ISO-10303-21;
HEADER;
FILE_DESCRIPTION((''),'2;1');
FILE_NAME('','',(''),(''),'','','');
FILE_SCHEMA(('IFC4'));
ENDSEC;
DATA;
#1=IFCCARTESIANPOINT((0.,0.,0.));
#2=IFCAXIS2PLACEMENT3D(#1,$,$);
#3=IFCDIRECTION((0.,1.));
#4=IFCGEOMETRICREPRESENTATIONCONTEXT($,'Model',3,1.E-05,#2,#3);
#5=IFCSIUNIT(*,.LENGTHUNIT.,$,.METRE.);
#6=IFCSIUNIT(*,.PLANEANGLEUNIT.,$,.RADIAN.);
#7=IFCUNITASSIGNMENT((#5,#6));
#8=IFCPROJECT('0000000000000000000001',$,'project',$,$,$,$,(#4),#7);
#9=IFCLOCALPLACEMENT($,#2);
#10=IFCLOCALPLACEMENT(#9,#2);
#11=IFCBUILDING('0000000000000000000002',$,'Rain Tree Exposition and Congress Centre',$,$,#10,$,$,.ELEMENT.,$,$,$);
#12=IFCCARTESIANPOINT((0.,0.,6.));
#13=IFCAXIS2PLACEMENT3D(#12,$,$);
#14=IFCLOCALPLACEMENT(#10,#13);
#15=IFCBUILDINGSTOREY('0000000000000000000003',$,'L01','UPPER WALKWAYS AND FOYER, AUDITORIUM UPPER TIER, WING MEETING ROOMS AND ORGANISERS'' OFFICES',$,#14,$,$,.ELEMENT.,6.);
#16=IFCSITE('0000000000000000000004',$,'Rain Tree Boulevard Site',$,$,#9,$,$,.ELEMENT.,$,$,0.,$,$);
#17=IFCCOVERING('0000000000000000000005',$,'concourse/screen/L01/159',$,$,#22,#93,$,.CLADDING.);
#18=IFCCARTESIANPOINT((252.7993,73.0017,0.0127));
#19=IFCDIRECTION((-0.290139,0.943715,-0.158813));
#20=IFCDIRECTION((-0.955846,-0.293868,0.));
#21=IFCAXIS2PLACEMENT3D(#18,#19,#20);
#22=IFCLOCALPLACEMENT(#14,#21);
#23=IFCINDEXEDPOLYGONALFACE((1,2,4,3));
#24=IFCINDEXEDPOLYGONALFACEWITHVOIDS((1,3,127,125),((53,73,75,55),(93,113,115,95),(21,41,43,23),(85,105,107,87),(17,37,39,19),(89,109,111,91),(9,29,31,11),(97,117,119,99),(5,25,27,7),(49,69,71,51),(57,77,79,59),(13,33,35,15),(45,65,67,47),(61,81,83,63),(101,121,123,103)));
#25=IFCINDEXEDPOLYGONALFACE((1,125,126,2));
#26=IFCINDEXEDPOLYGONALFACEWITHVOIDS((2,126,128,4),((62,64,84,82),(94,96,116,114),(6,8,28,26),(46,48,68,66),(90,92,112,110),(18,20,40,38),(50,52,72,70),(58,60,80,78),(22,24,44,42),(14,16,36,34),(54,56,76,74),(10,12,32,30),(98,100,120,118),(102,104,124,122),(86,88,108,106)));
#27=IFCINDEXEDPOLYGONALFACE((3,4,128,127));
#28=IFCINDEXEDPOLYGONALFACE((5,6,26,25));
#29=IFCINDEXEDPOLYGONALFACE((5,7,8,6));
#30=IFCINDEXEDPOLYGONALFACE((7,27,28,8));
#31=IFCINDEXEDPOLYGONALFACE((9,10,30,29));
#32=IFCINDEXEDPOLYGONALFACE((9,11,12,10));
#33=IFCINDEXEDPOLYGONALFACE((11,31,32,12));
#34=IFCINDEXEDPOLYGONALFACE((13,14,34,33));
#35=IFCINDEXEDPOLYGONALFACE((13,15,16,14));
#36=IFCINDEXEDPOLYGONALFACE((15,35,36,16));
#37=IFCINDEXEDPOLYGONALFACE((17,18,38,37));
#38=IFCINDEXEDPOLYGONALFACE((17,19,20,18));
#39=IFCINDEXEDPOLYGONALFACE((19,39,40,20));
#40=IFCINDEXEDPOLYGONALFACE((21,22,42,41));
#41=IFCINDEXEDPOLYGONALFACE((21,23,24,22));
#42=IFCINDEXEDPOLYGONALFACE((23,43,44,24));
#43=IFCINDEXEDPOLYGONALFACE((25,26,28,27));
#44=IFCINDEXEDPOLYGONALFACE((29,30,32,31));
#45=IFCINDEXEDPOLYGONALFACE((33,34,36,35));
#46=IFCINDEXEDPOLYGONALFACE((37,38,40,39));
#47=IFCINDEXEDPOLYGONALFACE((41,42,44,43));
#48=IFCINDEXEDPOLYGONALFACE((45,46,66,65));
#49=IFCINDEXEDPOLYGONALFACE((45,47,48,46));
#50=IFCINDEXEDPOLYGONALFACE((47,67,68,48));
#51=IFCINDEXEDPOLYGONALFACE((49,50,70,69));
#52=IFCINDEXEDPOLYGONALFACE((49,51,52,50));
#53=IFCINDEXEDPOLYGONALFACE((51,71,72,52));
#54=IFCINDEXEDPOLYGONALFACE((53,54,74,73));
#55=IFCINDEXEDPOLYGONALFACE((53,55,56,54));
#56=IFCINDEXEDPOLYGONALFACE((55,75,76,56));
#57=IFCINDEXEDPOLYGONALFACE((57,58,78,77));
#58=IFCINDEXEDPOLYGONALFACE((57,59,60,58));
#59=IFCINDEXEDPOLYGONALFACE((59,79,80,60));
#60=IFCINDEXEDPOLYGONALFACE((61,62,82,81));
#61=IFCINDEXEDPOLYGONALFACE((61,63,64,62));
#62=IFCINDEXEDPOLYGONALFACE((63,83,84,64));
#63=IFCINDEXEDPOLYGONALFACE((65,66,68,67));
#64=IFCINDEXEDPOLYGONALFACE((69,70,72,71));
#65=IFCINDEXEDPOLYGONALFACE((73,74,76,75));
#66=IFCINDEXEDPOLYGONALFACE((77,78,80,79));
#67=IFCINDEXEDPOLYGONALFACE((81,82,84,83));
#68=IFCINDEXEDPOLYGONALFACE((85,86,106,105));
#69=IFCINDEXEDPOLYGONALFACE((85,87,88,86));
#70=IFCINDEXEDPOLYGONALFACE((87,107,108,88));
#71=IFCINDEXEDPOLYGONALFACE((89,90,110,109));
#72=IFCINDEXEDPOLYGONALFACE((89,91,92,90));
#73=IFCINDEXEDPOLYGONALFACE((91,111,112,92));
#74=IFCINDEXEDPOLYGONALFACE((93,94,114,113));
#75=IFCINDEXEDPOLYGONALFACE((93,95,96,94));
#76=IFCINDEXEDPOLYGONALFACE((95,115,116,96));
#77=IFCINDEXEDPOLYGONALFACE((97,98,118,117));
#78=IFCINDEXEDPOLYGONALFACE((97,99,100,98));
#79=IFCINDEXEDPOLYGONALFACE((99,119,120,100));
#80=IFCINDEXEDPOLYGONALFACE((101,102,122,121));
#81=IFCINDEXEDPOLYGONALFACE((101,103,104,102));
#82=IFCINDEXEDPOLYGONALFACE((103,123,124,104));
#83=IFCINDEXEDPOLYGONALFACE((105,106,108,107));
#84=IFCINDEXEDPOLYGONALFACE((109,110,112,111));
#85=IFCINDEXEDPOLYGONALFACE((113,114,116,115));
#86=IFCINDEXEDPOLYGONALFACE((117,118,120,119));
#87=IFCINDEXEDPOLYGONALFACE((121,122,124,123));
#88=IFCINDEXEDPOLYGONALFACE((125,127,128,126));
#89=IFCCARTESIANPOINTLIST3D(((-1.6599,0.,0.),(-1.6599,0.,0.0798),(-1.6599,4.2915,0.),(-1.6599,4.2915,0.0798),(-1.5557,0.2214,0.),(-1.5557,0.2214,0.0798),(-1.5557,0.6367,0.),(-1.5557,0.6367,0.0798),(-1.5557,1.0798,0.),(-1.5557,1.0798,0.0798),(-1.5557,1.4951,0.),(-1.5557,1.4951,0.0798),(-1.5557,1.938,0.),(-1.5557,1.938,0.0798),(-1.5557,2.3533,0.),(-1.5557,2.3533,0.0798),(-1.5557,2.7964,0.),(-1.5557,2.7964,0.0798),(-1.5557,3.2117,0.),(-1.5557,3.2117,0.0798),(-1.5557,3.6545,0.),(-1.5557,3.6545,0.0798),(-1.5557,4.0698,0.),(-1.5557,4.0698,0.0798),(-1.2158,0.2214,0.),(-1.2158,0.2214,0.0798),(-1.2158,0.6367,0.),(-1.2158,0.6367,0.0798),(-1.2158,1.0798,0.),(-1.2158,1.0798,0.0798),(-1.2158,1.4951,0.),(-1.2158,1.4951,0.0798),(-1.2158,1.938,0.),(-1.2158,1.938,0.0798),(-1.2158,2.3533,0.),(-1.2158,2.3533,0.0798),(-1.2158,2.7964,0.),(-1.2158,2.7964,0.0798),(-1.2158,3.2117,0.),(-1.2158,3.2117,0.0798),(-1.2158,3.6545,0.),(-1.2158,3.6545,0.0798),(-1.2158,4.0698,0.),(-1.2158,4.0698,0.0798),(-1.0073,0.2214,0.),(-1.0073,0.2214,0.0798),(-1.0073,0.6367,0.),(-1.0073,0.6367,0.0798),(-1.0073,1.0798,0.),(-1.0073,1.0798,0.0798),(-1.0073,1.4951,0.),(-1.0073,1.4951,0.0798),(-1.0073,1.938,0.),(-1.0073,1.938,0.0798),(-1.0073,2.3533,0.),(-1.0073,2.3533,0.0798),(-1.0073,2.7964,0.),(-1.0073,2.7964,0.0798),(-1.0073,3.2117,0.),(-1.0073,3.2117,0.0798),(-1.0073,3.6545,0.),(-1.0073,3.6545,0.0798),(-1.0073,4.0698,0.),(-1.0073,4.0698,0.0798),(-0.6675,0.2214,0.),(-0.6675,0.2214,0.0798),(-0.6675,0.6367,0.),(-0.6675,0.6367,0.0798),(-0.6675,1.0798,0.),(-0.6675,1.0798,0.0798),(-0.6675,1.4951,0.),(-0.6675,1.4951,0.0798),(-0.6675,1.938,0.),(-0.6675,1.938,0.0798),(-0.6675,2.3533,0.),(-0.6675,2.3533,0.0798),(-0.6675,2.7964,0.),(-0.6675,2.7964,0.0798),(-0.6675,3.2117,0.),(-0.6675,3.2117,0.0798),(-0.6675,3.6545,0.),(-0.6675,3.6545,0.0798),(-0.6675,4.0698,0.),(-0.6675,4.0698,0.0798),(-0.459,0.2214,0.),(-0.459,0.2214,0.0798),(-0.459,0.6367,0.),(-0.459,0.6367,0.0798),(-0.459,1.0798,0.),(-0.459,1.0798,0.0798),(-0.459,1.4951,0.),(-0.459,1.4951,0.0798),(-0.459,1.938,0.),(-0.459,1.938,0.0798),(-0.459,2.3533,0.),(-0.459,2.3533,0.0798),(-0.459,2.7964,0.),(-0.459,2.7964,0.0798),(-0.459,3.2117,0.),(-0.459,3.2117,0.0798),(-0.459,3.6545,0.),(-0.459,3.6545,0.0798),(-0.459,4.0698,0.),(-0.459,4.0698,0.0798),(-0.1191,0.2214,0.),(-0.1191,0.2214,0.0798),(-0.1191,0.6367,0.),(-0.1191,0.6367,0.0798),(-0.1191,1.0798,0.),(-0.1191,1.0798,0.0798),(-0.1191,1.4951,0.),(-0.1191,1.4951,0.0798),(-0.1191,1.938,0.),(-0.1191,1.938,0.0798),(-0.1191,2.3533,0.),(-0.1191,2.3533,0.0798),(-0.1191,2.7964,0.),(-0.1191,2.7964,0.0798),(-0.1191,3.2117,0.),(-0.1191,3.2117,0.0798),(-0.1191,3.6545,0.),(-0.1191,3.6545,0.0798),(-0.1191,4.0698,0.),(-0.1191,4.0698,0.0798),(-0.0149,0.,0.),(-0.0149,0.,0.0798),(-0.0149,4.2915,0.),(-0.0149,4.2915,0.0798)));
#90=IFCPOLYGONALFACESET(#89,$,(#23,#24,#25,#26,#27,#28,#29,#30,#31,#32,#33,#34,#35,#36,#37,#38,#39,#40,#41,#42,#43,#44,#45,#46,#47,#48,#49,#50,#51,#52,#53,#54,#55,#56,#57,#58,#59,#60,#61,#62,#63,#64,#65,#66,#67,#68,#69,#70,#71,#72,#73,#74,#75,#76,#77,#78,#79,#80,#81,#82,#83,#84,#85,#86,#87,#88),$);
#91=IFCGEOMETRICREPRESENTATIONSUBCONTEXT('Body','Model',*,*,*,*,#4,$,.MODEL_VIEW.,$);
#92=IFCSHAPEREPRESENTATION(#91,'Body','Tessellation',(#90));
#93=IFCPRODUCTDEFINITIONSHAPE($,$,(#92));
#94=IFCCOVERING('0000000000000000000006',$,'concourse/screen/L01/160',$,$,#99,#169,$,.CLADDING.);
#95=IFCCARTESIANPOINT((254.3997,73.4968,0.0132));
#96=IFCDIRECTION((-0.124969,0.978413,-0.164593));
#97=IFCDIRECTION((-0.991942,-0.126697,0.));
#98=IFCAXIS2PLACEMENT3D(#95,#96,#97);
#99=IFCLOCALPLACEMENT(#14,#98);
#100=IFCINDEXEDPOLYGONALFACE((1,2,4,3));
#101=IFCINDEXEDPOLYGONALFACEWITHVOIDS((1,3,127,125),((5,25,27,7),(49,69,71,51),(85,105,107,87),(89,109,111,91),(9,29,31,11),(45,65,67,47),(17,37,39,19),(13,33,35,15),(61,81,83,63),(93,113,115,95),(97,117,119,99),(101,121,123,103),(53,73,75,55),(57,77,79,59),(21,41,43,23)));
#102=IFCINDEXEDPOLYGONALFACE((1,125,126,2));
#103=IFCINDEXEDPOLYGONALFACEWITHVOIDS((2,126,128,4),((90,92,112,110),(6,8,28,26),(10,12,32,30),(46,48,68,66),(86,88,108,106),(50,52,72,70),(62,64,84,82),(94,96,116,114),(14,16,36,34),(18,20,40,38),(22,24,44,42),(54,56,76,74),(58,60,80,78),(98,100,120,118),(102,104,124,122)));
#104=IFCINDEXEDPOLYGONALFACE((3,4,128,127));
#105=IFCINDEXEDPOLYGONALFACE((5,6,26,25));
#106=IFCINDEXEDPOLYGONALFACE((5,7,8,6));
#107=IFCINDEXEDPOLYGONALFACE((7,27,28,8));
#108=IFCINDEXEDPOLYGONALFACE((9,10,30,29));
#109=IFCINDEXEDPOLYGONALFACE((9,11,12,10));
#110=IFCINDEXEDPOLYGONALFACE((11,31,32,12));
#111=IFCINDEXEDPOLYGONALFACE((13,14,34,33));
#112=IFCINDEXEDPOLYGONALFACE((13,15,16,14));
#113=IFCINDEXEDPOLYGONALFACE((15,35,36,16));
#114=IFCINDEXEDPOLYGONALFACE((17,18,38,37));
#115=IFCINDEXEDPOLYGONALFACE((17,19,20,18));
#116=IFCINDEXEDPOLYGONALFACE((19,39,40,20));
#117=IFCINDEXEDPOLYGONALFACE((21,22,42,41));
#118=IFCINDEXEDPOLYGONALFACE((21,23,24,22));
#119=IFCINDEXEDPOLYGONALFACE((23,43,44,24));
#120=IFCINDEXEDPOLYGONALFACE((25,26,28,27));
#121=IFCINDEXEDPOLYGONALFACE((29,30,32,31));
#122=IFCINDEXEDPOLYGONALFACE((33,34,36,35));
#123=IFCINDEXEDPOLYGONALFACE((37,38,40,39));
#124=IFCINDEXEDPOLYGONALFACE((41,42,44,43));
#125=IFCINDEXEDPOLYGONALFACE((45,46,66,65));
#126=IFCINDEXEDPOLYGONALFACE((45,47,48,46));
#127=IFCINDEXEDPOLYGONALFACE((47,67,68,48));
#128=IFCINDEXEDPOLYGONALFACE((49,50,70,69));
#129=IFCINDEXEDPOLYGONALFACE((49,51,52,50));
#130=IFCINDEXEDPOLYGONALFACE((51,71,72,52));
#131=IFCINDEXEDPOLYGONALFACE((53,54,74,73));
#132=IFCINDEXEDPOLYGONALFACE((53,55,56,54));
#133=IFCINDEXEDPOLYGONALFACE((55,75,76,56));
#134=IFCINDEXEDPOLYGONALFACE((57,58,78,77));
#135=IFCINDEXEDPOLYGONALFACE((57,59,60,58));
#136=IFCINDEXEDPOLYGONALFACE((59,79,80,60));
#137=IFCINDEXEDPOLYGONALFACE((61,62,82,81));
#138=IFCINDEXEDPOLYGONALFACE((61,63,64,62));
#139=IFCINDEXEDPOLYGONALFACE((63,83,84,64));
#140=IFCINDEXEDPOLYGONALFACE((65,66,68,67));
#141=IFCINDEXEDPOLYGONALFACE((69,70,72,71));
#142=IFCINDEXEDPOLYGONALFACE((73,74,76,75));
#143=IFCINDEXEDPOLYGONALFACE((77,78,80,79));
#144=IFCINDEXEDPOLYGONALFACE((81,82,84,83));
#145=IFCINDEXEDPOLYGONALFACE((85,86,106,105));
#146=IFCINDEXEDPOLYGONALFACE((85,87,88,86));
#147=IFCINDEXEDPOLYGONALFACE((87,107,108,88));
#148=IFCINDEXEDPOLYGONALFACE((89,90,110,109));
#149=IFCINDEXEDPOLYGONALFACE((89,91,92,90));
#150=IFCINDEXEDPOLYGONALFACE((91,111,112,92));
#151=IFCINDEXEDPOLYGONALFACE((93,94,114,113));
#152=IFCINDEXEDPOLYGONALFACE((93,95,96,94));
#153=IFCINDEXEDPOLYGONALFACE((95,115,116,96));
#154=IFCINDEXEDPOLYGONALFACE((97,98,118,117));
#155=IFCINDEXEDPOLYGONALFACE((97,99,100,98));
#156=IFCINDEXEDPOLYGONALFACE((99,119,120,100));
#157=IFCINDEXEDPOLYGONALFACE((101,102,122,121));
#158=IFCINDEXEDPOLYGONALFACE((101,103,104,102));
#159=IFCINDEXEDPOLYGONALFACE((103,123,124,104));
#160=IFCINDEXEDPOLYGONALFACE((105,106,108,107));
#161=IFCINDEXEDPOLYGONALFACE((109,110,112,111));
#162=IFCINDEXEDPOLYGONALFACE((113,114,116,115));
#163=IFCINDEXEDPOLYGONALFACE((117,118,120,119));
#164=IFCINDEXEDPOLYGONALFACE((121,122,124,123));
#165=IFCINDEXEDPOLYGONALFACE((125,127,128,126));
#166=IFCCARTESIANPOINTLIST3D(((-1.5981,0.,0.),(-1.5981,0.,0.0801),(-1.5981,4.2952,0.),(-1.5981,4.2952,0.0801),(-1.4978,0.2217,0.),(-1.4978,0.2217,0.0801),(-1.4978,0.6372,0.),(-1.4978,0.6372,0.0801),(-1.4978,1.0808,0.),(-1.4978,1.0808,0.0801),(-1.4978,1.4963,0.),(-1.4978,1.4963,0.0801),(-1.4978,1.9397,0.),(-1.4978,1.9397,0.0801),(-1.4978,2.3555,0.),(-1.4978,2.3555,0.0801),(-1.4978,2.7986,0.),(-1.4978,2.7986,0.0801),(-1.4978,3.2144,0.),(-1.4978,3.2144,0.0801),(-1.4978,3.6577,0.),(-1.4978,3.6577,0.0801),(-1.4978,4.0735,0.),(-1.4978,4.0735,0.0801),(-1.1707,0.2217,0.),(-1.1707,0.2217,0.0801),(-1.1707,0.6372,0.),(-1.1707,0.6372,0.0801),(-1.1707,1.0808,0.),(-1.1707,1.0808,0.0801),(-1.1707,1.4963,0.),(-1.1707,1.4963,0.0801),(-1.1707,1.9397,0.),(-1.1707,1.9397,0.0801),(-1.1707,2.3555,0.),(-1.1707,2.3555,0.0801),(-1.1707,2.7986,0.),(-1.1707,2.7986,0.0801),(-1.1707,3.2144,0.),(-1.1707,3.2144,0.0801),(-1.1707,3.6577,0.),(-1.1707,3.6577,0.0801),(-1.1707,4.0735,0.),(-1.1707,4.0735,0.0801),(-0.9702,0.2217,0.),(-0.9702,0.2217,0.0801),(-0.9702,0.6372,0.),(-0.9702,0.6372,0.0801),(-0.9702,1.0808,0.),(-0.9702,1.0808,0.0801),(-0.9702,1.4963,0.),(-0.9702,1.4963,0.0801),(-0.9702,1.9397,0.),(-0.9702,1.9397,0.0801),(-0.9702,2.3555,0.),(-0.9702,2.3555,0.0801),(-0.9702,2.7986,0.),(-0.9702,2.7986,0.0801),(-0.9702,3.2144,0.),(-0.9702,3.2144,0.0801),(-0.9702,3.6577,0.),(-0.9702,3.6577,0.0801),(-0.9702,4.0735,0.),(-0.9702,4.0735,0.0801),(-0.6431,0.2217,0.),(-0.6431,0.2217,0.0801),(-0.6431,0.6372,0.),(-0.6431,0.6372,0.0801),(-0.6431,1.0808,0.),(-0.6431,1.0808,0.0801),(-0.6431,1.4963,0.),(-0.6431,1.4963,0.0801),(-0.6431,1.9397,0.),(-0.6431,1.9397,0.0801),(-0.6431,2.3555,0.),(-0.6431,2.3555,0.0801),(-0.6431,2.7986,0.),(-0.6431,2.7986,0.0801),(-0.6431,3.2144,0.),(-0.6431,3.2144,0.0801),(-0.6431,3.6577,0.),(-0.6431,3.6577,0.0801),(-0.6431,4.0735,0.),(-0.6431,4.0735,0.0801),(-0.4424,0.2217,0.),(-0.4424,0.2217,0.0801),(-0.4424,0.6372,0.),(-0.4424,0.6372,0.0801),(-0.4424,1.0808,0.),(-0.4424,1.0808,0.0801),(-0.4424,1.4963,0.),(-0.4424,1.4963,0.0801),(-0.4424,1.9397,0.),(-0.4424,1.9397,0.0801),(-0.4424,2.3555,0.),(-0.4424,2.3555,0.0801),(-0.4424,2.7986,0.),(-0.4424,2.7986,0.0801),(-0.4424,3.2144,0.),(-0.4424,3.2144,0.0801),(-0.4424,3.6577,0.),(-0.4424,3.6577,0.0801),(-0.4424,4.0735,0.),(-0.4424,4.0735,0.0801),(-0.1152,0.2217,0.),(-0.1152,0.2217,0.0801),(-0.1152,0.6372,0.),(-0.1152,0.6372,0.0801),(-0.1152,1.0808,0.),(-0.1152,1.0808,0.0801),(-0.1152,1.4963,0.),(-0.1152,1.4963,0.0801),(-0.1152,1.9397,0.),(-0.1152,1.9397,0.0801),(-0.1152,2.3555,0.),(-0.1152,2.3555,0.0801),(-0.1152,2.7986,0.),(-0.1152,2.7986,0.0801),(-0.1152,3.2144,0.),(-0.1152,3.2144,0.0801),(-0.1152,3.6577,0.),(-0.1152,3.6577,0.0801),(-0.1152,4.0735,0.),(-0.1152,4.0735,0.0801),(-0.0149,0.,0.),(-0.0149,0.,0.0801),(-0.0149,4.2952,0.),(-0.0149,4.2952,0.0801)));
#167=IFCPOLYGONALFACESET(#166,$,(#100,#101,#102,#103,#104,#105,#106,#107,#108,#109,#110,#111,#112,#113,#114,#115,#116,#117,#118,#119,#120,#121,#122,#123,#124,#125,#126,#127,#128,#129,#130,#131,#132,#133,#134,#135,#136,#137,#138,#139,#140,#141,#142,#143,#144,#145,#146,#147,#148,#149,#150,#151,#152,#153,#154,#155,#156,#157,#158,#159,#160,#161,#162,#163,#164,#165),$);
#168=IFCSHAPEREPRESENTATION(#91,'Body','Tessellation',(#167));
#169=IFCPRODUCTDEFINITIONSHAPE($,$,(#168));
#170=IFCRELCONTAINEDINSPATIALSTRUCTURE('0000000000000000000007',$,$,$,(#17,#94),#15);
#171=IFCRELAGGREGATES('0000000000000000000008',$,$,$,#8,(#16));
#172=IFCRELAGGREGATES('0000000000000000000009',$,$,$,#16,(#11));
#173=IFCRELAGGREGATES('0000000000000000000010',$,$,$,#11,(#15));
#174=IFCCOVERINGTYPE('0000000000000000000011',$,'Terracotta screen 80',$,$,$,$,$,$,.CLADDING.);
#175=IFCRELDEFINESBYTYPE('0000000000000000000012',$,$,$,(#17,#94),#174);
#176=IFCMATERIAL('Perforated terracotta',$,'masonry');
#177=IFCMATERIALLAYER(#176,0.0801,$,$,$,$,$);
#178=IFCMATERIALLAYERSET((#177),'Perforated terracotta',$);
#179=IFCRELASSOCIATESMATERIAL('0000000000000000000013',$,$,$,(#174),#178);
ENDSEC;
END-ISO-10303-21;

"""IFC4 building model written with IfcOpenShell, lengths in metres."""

from ifc_helpers import new_model, si_unit, direction, frame, origin, place, context, subcontext, project, spatial, polyline, outline, extrude, material, layer, layer_set, type_object, element, save


model = new_model("IFC4")

# Units and contexts
model_context = context("Model", 3, precision=1e-05, world=origin(), true_north=direction((0.0, 1.0)))
body_context = subcontext(model_context, "Body", "Model", "MODEL_VIEW")
ifc_project = project(units=[si_unit("LENGTHUNIT", "METRE"), si_unit("PLANEANGLEUNIT", "RADIAN")], contexts=[model_context])

# Site, building, storey
site_placement = place(None, origin())
site = spatial("IfcSite", under=ifc_project, at=site_placement, Name="Rain Tree Boulevard Site", CompositionType="ELEMENT", RefElevation=0.0)
building_placement = place(site_placement, origin())
building = spatial("IfcBuilding", under=site, at=building_placement, Name="Rain Tree Exposition and Congress Centre", CompositionType="ELEMENT")
storey_placement = place(building_placement, frame((0.0, 0.0, 6.0)))
storey = spatial("IfcBuildingStorey", under=building, at=storey_placement, Name="L01", Description="UPPER WALKWAYS AND FOYER, AUDITORIUM UPPER TIER, WING MEETING ROOMS AND ORGANISERS' OFFICES", CompositionType="ELEMENT", Elevation=6.0)

# Coverings
ifc_material_1 = material(Name="Perforated terracotta", Category="masonry")
ifc_layer = layer(ifc_material_1, 0.0801)
ifc_layer_set = layer_set([ifc_layer], Name="Perforated terracotta")
covering_type = type_object("IfcCoveringType", Name="Terracotta screen 80", PredefinedType="CLADDING", material=ifc_layer_set)
covering_1_placement = place(storey_placement, frame((252.7993, 73.0017, 0.0127), z_axis=(-0.290139, 0.943715, -0.158813), x_axis=(-0.955846, -0.293868, 0.0)))
element("IfcCovering", 1, at=covering_1_placement, inside=storey, type_object=covering_type, Name="concourse/screen/L01/159", PredefinedType="CLADDING", context=body_context, shape_type="SweptSolid", body=[
    extrude(outline(polyline([(-1.6599, 0.0), (-1.6599, 4.2915), (-0.0149, 4.2915), (-0.0149, 0.0), (-1.6599, 0.0)]), holes=[polyline([(-0.1191, 0.2214), (-0.1191, 0.6367), (-0.459, 0.6367), (-0.459, 0.2214), (-0.1191, 0.2214)]), polyline([(-0.1191, 1.0798), (-0.1191, 1.4951), (-0.459, 1.4951), (-0.459, 1.0798), (-0.1191, 1.0798)]), polyline([(-0.1191, 1.938), (-0.1191, 2.3533), (-0.459, 2.3533), (-0.459, 1.938), (-0.1191, 1.938)]), polyline([(-0.1191, 2.7964), (-0.1191, 3.2117), (-0.459, 3.2117), (-0.459, 2.7964), (-0.1191, 2.7964)]), polyline([(-0.1191, 3.6545), (-0.1191, 4.0698), (-0.459, 4.0698), (-0.459, 3.6545), (-0.1191, 3.6545)]), polyline([(-0.6675, 0.2214), (-0.6675, 0.6367), (-1.0073, 0.6367), (-1.0073, 0.2214), (-0.6675, 0.2214)]), polyline([(-0.6675, 1.0798), (-0.6675, 1.4951), (-1.0073, 1.4951), (-1.0073, 1.0798), (-0.6675, 1.0798)]), polyline([(-0.6675, 1.938), (-0.6675, 2.3533), (-1.0073, 2.3533), (-1.0073, 1.938), (-0.6675, 1.938)]), polyline([(-0.6675, 2.7964), (-0.6675, 3.2117), (-1.0073, 3.2117), (-1.0073, 2.7964), (-0.6675, 2.7964)]), polyline([(-0.6675, 3.6545), (-0.6675, 4.0698), (-1.0073, 4.0698), (-1.0073, 3.6545), (-0.6675, 3.6545)]), polyline([(-1.2158, 0.2214), (-1.2158, 0.6367), (-1.5557, 0.6367), (-1.5557, 0.2214), (-1.2158, 0.2214)]), polyline([(-1.2158, 1.0798), (-1.2158, 1.4951), (-1.5557, 1.4951), (-1.5557, 1.0798), (-1.2158, 1.0798)]), polyline([(-1.2158, 1.938), (-1.2158, 2.3533), (-1.5557, 2.3533), (-1.5557, 1.938), (-1.2158, 1.938)]), polyline([(-1.2158, 2.7964), (-1.2158, 3.2117), (-1.5557, 3.2117), (-1.5557, 2.7964), (-1.2158, 2.7964)]), polyline([(-1.2158, 3.6545), (-1.2158, 4.0698), (-1.5557, 4.0698), (-1.5557, 3.6545), (-1.2158, 3.6545)])]), origin(), (0.0, 0.0, 1.0), 0.0798),
])
covering_2_placement = place(storey_placement, frame((254.3997, 73.4968, 0.0132), z_axis=(-0.124969, 0.978413, -0.164593), x_axis=(-0.991942, -0.126697, 0.0)))
element("IfcCovering", 2, at=covering_2_placement, inside=storey, type_object=covering_type, Name="concourse/screen/L01/160", PredefinedType="CLADDING", context=body_context, shape_type="SweptSolid", body=[
    extrude(outline(polyline([(-1.5981, 0.0), (-1.5981, 4.2952), (-0.0149, 4.2952), (-0.0149, 0.0), (-1.5981, 0.0)]), holes=[polyline([(-0.1152, 0.2217), (-0.1152, 0.6372), (-0.4424, 0.6372), (-0.4424, 0.2217), (-0.1152, 0.2217)]), polyline([(-0.1152, 1.0808), (-0.1152, 1.4963), (-0.4424, 1.4963), (-0.4424, 1.0808), (-0.1152, 1.0808)]), polyline([(-0.1152, 1.9397), (-0.1152, 2.3555), (-0.4424, 2.3555), (-0.4424, 1.9397), (-0.1152, 1.9397)]), polyline([(-0.1152, 2.7986), (-0.1152, 3.2144), (-0.4424, 3.2144), (-0.4424, 2.7986), (-0.1152, 2.7986)]), polyline([(-0.1152, 3.6577), (-0.1152, 4.0735), (-0.4424, 4.0735), (-0.4424, 3.6577), (-0.1152, 3.6577)]), polyline([(-0.6431, 0.2217), (-0.6431, 0.6372), (-0.9702, 0.6372), (-0.9702, 0.2217), (-0.6431, 0.2217)]), polyline([(-0.6431, 1.0808), (-0.6431, 1.4963), (-0.9702, 1.4963), (-0.9702, 1.0808), (-0.6431, 1.0808)]), polyline([(-0.6431, 1.9397), (-0.6431, 2.3555), (-0.9702, 2.3555), (-0.9702, 1.9397), (-0.6431, 1.9397)]), polyline([(-0.6431, 2.7986), (-0.6431, 3.2144), (-0.9702, 3.2144), (-0.9702, 2.7986), (-0.6431, 2.7986)]), polyline([(-0.6431, 3.6577), (-0.6431, 4.0735), (-0.9702, 4.0735), (-0.9702, 3.6577), (-0.6431, 3.6577)]), polyline([(-1.1707, 0.2217), (-1.1707, 0.6372), (-1.4978, 0.6372), (-1.4978, 0.2217), (-1.1707, 0.2217)]), polyline([(-1.1707, 1.0808), (-1.1707, 1.4963), (-1.4978, 1.4963), (-1.4978, 1.0808), (-1.1707, 1.0808)]), polyline([(-1.1707, 1.9397), (-1.1707, 2.3555), (-1.4978, 2.3555), (-1.4978, 1.9397), (-1.1707, 1.9397)]), polyline([(-1.1707, 2.7986), (-1.1707, 3.2144), (-1.4978, 3.2144), (-1.4978, 2.7986), (-1.1707, 2.7986)]), polyline([(-1.1707, 3.6577), (-1.1707, 4.0735), (-1.4978, 4.0735), (-1.4978, 3.6577), (-1.1707, 3.6577)])]), origin(), (0.0, 0.0, 1.0), 0.0801),
])

save(model, "model.ifc")
